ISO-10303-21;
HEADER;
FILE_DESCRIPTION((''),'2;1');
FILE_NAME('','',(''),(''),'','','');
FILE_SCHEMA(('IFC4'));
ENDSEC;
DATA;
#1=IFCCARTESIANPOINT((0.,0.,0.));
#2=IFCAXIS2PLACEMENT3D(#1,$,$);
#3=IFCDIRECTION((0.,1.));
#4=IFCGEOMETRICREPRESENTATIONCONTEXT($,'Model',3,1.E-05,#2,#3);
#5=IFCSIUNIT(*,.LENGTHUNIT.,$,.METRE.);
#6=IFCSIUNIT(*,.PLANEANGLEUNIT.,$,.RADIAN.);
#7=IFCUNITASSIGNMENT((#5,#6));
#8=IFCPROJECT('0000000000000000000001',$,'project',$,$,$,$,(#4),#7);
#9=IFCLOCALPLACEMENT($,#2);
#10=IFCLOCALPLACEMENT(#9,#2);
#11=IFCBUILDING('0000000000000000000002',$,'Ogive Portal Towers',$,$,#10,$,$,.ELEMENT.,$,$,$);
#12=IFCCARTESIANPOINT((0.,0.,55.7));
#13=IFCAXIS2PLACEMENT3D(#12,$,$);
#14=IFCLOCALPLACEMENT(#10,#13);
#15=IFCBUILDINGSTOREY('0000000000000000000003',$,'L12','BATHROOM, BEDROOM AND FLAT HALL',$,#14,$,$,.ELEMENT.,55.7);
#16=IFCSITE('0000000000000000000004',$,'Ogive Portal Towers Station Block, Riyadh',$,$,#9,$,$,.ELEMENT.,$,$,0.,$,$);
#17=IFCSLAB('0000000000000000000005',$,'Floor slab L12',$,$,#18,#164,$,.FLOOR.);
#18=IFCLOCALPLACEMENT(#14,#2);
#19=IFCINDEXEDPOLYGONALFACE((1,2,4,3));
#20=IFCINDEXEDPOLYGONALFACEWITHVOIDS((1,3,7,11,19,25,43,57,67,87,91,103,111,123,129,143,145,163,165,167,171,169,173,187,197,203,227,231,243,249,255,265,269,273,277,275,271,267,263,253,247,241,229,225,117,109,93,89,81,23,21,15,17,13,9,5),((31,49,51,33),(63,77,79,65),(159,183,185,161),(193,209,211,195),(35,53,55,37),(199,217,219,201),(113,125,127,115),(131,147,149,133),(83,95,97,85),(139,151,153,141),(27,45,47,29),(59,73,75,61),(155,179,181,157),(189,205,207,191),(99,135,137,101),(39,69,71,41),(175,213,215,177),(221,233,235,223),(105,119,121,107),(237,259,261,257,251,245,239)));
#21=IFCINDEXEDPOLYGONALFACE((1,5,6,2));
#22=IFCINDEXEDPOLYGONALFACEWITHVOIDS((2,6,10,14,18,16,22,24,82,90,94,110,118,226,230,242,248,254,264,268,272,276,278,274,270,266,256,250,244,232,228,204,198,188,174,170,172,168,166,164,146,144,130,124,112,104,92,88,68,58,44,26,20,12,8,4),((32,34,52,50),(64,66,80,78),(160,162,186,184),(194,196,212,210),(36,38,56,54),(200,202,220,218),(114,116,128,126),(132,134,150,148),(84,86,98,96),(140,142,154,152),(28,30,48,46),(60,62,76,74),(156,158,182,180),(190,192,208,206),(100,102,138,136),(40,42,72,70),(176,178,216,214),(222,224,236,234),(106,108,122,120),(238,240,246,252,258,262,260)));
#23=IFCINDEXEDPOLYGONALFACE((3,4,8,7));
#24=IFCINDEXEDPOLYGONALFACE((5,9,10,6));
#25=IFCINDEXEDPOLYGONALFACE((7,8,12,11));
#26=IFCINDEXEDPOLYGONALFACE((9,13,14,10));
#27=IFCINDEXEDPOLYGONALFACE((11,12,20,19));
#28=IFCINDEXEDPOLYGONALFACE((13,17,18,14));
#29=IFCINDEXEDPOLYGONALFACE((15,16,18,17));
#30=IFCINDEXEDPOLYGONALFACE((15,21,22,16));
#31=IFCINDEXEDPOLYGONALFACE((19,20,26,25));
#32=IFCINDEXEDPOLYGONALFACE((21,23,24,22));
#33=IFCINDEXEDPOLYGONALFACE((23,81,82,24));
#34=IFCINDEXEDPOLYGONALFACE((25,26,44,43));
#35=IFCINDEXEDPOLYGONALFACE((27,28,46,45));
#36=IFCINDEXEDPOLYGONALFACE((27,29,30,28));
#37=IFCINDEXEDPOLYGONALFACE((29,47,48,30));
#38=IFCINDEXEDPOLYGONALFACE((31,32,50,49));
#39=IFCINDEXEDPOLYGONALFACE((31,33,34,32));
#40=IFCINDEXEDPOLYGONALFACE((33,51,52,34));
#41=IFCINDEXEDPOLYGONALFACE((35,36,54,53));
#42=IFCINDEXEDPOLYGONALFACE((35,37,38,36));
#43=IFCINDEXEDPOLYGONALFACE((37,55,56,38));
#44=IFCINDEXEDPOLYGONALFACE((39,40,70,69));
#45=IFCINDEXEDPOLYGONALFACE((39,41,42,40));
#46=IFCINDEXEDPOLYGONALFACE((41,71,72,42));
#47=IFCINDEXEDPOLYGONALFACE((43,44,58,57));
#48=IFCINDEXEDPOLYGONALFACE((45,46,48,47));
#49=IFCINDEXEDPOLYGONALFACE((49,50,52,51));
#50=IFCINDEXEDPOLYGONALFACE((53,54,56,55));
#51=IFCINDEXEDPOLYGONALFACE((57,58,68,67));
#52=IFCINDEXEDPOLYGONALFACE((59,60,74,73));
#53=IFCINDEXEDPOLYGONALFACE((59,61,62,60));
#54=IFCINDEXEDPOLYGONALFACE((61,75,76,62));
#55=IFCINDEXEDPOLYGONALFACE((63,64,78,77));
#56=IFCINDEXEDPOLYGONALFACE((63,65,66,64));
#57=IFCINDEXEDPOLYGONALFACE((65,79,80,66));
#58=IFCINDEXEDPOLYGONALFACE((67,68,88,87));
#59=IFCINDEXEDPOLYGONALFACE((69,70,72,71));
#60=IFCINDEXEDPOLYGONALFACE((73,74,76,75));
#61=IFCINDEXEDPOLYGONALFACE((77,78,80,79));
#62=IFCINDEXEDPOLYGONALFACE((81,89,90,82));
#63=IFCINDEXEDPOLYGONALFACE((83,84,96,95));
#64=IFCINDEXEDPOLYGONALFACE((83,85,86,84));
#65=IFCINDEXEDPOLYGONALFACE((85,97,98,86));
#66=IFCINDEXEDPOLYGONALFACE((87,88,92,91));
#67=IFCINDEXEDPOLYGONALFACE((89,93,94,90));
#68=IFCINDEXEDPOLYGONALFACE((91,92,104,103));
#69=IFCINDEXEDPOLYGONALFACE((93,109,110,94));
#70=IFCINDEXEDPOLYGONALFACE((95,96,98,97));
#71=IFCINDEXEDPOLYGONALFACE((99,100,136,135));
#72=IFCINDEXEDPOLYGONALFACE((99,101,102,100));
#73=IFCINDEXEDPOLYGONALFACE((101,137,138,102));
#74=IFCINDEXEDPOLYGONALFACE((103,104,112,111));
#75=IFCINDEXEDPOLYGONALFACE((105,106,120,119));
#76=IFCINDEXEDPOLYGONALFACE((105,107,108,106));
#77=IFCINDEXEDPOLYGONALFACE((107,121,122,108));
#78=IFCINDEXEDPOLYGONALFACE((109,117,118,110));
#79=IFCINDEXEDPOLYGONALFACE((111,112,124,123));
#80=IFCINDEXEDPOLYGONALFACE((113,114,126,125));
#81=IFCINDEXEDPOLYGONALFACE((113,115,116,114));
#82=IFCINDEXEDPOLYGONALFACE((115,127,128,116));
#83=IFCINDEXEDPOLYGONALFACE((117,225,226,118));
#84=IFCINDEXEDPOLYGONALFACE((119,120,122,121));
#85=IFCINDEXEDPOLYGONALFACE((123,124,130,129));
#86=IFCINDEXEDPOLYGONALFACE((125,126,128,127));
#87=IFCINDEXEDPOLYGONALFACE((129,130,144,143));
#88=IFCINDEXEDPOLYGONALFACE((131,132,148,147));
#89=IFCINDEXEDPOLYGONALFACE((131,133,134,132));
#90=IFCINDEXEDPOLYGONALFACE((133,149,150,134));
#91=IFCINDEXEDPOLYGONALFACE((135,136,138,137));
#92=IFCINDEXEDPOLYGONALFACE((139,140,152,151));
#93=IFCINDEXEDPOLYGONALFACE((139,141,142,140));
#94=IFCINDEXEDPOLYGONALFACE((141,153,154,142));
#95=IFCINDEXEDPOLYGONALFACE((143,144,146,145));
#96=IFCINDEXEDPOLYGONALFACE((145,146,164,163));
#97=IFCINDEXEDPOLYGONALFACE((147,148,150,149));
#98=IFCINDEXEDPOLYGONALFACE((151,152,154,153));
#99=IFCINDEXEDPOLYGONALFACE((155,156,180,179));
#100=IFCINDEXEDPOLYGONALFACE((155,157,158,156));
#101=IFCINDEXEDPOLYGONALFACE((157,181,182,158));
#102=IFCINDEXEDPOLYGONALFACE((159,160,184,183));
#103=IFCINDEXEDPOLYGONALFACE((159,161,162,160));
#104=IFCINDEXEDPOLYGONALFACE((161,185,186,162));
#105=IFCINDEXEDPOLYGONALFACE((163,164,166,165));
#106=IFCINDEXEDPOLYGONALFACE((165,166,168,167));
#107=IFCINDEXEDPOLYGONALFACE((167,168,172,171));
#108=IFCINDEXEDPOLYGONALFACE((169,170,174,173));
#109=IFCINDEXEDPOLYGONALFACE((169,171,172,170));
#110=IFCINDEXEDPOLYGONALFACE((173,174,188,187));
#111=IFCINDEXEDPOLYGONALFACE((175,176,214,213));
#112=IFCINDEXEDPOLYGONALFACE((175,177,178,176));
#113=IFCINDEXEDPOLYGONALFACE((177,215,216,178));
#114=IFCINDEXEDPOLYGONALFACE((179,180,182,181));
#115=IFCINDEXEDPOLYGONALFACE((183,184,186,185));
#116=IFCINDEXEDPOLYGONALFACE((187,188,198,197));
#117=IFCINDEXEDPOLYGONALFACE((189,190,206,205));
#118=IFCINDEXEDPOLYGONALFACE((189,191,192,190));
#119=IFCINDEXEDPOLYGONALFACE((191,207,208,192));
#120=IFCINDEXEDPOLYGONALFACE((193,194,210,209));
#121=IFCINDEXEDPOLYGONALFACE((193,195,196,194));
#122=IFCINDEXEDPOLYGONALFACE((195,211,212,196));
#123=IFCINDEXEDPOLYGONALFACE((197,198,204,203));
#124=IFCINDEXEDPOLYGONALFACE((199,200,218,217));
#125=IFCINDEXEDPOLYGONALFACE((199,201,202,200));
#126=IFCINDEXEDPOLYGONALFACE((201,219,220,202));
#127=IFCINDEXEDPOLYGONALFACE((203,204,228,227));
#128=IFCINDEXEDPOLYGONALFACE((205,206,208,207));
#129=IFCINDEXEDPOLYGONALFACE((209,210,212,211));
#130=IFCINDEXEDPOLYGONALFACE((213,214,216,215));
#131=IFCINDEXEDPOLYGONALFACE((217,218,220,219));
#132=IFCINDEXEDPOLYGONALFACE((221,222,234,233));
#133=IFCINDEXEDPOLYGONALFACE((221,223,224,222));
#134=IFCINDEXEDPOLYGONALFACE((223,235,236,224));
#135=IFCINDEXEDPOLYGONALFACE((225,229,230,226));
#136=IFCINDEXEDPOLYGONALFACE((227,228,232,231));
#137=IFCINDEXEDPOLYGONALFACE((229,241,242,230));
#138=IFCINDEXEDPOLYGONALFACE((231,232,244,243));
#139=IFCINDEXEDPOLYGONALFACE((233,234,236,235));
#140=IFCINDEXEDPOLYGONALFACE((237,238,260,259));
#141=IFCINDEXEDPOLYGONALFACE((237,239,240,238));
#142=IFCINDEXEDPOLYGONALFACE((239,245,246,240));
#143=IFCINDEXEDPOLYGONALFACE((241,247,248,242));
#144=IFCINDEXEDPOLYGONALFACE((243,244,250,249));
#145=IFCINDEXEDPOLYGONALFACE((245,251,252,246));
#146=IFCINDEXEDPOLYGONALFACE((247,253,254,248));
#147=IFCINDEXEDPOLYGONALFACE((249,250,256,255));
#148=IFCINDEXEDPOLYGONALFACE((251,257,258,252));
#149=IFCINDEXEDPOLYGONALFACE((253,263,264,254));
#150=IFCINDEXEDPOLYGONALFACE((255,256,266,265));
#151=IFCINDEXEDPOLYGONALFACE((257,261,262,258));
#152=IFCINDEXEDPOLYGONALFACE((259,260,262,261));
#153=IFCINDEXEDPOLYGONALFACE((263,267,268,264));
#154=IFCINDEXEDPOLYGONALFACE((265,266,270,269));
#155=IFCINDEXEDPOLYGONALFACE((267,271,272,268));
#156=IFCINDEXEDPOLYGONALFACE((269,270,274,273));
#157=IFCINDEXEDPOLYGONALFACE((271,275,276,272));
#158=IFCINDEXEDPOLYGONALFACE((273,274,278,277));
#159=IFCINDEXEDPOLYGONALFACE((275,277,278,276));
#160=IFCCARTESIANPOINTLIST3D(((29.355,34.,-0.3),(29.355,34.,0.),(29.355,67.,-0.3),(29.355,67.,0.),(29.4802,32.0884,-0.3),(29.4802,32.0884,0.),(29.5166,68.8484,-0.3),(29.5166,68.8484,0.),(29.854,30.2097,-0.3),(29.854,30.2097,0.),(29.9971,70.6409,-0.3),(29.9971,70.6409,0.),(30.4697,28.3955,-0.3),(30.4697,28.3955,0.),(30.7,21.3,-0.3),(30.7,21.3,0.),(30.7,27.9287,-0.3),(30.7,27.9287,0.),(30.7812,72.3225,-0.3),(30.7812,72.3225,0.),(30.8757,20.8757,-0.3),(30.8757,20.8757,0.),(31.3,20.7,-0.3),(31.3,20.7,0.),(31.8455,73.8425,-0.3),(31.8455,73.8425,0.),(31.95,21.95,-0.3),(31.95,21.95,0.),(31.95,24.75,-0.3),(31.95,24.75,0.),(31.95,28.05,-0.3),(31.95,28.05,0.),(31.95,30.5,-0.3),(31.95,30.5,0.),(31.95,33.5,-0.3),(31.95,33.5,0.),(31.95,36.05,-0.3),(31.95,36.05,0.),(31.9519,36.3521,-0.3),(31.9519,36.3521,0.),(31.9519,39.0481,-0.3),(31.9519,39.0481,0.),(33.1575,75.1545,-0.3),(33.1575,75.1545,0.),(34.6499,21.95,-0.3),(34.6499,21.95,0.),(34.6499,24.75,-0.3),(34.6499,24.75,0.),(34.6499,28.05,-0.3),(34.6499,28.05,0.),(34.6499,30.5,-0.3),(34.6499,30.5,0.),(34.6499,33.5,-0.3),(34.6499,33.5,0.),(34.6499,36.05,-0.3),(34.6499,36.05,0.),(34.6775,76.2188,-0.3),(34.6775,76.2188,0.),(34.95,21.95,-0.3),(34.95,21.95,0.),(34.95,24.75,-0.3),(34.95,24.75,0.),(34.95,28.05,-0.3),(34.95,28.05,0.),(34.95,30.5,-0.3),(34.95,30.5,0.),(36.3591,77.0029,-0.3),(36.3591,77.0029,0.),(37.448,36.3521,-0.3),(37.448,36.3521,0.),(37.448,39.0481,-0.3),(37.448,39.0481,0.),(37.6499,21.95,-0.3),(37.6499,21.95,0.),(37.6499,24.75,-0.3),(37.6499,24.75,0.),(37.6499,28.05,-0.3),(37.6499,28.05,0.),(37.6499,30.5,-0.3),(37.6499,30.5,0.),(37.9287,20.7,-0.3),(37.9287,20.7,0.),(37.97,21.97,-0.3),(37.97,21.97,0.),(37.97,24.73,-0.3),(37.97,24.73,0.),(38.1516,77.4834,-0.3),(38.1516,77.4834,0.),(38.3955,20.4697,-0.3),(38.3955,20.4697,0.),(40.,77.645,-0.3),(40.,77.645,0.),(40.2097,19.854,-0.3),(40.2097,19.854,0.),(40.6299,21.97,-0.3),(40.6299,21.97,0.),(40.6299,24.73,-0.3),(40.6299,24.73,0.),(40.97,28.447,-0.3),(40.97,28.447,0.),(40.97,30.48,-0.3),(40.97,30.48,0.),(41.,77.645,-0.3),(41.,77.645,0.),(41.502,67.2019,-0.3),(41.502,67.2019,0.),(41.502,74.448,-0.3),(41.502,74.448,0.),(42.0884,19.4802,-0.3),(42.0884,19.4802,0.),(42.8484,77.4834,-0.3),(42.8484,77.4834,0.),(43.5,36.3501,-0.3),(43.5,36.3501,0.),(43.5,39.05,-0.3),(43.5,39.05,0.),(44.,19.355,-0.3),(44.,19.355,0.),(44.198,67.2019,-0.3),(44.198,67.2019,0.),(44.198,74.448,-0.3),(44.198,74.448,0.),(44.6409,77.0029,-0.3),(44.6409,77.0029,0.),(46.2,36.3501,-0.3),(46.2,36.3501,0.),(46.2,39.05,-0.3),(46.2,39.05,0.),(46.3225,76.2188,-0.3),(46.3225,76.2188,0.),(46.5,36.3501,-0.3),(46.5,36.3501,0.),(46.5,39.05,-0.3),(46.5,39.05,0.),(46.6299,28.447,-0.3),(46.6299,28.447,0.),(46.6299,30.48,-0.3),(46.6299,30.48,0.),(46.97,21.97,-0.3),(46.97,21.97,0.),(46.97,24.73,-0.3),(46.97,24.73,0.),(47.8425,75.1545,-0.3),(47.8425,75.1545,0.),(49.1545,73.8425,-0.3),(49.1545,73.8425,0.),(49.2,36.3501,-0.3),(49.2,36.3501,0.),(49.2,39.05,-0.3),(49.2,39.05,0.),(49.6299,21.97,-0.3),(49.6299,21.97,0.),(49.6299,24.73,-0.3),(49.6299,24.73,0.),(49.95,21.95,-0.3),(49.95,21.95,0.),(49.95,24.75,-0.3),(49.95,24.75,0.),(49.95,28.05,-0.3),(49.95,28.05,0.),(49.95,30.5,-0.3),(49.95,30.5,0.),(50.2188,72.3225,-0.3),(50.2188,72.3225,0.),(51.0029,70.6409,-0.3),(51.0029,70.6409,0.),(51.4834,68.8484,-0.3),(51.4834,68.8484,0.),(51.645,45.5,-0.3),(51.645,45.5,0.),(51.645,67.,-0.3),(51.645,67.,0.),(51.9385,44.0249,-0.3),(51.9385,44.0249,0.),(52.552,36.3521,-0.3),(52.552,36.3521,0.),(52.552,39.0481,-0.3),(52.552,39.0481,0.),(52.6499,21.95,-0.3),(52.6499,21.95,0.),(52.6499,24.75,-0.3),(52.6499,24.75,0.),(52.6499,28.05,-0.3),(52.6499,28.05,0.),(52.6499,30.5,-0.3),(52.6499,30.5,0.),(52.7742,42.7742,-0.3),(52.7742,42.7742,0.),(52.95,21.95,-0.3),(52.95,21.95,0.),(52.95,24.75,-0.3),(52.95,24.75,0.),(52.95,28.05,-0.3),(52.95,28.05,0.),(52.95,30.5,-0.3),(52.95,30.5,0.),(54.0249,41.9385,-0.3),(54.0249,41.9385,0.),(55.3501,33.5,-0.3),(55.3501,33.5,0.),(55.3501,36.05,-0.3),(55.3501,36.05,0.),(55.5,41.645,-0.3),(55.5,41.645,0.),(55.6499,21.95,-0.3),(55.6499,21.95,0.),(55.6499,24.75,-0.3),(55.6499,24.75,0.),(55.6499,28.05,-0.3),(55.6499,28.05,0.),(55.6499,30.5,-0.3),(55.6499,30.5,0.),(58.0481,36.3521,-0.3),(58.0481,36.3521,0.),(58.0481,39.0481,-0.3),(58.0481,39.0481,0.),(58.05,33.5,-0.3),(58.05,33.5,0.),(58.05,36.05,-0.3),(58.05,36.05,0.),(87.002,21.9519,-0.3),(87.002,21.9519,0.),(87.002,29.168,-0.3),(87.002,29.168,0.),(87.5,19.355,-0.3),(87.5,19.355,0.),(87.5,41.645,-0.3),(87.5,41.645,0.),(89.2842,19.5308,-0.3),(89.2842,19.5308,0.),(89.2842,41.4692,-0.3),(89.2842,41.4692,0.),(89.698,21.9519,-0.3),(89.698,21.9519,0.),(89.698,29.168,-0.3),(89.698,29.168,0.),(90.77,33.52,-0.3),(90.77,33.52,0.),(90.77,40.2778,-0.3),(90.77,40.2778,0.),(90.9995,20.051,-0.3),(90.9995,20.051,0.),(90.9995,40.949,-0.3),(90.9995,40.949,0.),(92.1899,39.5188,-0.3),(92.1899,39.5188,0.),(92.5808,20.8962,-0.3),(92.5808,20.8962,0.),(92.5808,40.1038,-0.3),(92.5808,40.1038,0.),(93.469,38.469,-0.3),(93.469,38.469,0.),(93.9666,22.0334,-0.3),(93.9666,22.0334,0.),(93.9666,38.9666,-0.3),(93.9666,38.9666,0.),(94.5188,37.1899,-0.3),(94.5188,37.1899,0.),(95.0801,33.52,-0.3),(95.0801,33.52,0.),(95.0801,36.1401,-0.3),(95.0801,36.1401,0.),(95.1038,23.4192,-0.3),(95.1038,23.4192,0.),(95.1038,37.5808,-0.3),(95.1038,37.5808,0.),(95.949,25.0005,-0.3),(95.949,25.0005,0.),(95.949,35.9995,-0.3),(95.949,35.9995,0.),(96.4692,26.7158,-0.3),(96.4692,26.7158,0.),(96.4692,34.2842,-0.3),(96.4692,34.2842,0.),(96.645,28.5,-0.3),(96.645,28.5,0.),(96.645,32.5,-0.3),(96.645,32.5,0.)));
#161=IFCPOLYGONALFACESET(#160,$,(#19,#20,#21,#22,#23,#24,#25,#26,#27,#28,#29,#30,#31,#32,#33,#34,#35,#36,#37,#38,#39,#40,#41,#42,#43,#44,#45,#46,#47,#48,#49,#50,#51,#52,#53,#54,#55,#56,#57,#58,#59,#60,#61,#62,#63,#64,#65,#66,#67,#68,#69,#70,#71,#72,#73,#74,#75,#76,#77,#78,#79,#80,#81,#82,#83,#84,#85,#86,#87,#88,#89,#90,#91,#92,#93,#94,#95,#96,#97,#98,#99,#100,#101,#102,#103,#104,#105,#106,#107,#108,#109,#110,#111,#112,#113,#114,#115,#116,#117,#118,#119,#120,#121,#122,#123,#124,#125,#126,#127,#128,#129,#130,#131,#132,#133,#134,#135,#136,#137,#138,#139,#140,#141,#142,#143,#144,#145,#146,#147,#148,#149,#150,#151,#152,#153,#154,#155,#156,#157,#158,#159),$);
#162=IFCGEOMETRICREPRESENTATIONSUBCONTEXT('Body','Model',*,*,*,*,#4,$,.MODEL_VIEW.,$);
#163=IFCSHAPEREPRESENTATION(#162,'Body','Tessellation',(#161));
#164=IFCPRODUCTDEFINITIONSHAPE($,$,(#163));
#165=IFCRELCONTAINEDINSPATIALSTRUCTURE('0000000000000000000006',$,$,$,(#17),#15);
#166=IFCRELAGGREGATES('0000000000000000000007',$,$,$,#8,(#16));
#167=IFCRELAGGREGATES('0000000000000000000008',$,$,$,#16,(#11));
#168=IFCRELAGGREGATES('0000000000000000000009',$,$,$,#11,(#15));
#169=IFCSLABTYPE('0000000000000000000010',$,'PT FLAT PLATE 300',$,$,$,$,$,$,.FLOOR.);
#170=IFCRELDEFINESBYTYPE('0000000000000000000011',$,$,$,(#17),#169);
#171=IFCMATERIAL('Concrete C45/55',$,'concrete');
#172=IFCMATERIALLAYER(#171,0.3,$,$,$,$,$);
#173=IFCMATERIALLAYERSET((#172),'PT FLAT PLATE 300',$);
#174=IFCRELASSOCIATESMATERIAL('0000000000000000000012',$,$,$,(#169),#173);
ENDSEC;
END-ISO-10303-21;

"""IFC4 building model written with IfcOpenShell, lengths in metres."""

from ifc_helpers import new_model, si_unit, direction, frame, origin, place, context, subcontext, project, spatial, polyline, outline, extrude, material, layer, layer_set, type_object, element, save


model = new_model("IFC4")

# Units and contexts
model_context = context("Model", 3, precision=1e-05, world=origin(), true_north=direction((0.0, 1.0)))
body_context = subcontext(model_context, "Body", "Model", "MODEL_VIEW")
ifc_project = project(units=[si_unit("LENGTHUNIT", "METRE"), si_unit("PLANEANGLEUNIT", "RADIAN")], contexts=[model_context])

# Site, building, storey
site_placement = place(None, origin())
site = spatial("IfcSite", under=ifc_project, at=site_placement, Name="Ogive Portal Towers Station Block, Riyadh", CompositionType="ELEMENT", RefElevation=0.0)
building_placement = place(site_placement, origin())
building = spatial("IfcBuilding", under=site, at=building_placement, Name="Ogive Portal Towers", CompositionType="ELEMENT")
storey_placement = place(building_placement, frame((0.0, 0.0, 55.7)))
storey = spatial("IfcBuildingStorey", under=building, at=storey_placement, Name="L12", Description="BATHROOM, BEDROOM AND FLAT HALL", CompositionType="ELEMENT", Elevation=55.7)

# Slab
ifc_material_1 = material(Name="Concrete C45/55", Category="concrete")
ifc_layer_1 = layer(ifc_material_1, 0.3)
ifc_layer_set_1 = layer_set([ifc_layer_1], Name="PT FLAT PLATE 300")
slab_type_1 = type_object("IfcSlabType", Name="PT FLAT PLATE 300", PredefinedType="FLOOR", material=ifc_layer_set_1)
slab_1_placement = place(storey_placement, frame((0.0, 0.0, -0.3)))
element("IfcSlab", 1, at=slab_1_placement, inside=storey, type_object=slab_type_1, Name="Floor slab L12", PredefinedType="FLOOR", context=body_context, shape_type="SweptSolid", body=[
    extrude(outline(polyline([(29.854, 30.2097), (30.4697, 28.3955), (30.7, 27.9287), (30.7, 21.3), (30.8757, 20.8757), (31.3, 20.7), (37.9287, 20.7), (38.3955, 20.4697), (40.2097, 19.854), (42.0884, 19.4802), (44.0, 19.355), (87.5, 19.355), (89.2842, 19.5308), (90.9995, 20.051), (92.5808, 20.8962), (93.9666, 22.0334), (95.1038, 23.4192), (95.949, 25.0005), (96.4692, 26.7158), (96.645, 28.5), (96.645, 32.5), (96.4692, 34.2842), (95.949, 35.9995), (95.1038, 37.5808), (93.9666, 38.9666), (92.5808, 40.1038), (90.9995, 40.949), (89.2842, 41.4692), (87.5, 41.645), (55.5, 41.645), (54.0249, 41.9385), (52.7742, 42.7742), (51.9385, 44.0249), (51.645, 45.5), (51.645, 67.0), (51.4834, 68.8484), (51.0029, 70.6409), (50.2188, 72.3225), (49.1545, 73.8425), (47.8425, 75.1545), (46.3225, 76.2188), (44.6409, 77.0029), (42.8484, 77.4834), (41.0, 77.645), (40.0, 77.645), (38.1516, 77.4834), (36.3591, 77.0029), (34.6775, 76.2188), (33.1575, 75.1545), (31.8455, 73.8425), (30.7812, 72.3225), (29.9971, 70.6409), (29.5166, 68.8484), (29.355, 67.0), (29.355, 34.0), (29.4802, 32.0884), (29.854, 30.2097)]), holes=[polyline([(34.6499, 24.75), (34.6499, 21.95), (31.95, 21.95), (31.95, 24.75), (34.6499, 24.75)]), polyline([(37.6499, 24.75), (37.6499, 21.95), (34.95, 21.95), (34.95, 24.75), (37.6499, 24.75)]), polyline([(40.6299, 21.97), (37.97, 21.97), (37.97, 24.73), (40.6299, 24.73), (40.6299, 21.97)]), polyline([(34.6499, 28.05), (31.95, 28.05), (31.95, 30.5), (34.6499, 30.5), (34.6499, 28.05)]), polyline([(37.6499, 28.05), (34.95, 28.05), (34.95, 30.5), (37.6499, 30.5), (37.6499, 28.05)]), polyline([(46.6299, 28.447), (40.97, 28.447), (40.97, 30.48), (46.6299, 30.48), (46.6299, 28.447)]), polyline([(34.6499, 33.5), (31.95, 33.5), (31.95, 36.05), (34.6499, 36.05), (34.6499, 33.5)]), polyline([(37.448, 39.0481), (37.448, 36.3521), (31.9519, 36.3521), (31.9519, 39.0481), (37.448, 39.0481)]), polyline([(46.2, 39.05), (46.2, 36.3501), (43.5, 36.3501), (43.5, 39.05), (46.2, 39.05)]), polyline([(49.2, 36.3501), (46.5, 36.3501), (46.5, 39.05), (49.2, 39.05), (49.2, 36.3501)]), polyline([(44.198, 67.2019), (41.502, 67.2019), (41.502, 74.448), (44.198, 74.448), (44.198, 67.2019)]), polyline([(49.6299, 21.97), (46.97, 21.97), (46.97, 24.73), (49.6299, 24.73), (49.6299, 21.97)]), polyline([(52.6499, 24.75), (52.6499, 21.95), (49.95, 21.95), (49.95, 24.75), (52.6499, 24.75)]), polyline([(55.6499, 21.95), (52.95, 21.95), (52.95, 24.75), (55.6499, 24.75), (55.6499, 21.95)]), polyline([(87.002, 29.168), (89.698, 29.168), (89.698, 21.9519), (87.002, 21.9519), (87.002, 29.168)]), polyline([(52.6499, 30.5), (52.6499, 28.05), (49.95, 28.05), (49.95, 30.5), (52.6499, 30.5)]), polyline([(55.6499, 28.05), (52.95, 28.05), (52.95, 30.5), (55.6499, 30.5), (55.6499, 28.05)]), polyline([(58.05, 36.05), (58.05, 33.5), (55.3501, 33.5), (55.3501, 36.05), (58.05, 36.05)]), polyline([(95.0801, 36.1401), (95.0801, 33.52), (90.77, 33.52), (90.77, 40.2778), (92.1899, 39.5188), (93.469, 38.469), (94.5188, 37.1899), (95.0801, 36.1401)]), polyline([(52.552, 36.3521), (52.552, 39.0481), (58.0481, 39.0481), (58.0481, 36.3521), (52.552, 36.3521)])]), origin(), (0.0, 0.0, 1.0), 0.3),
])

save(model, "model.ifc")
